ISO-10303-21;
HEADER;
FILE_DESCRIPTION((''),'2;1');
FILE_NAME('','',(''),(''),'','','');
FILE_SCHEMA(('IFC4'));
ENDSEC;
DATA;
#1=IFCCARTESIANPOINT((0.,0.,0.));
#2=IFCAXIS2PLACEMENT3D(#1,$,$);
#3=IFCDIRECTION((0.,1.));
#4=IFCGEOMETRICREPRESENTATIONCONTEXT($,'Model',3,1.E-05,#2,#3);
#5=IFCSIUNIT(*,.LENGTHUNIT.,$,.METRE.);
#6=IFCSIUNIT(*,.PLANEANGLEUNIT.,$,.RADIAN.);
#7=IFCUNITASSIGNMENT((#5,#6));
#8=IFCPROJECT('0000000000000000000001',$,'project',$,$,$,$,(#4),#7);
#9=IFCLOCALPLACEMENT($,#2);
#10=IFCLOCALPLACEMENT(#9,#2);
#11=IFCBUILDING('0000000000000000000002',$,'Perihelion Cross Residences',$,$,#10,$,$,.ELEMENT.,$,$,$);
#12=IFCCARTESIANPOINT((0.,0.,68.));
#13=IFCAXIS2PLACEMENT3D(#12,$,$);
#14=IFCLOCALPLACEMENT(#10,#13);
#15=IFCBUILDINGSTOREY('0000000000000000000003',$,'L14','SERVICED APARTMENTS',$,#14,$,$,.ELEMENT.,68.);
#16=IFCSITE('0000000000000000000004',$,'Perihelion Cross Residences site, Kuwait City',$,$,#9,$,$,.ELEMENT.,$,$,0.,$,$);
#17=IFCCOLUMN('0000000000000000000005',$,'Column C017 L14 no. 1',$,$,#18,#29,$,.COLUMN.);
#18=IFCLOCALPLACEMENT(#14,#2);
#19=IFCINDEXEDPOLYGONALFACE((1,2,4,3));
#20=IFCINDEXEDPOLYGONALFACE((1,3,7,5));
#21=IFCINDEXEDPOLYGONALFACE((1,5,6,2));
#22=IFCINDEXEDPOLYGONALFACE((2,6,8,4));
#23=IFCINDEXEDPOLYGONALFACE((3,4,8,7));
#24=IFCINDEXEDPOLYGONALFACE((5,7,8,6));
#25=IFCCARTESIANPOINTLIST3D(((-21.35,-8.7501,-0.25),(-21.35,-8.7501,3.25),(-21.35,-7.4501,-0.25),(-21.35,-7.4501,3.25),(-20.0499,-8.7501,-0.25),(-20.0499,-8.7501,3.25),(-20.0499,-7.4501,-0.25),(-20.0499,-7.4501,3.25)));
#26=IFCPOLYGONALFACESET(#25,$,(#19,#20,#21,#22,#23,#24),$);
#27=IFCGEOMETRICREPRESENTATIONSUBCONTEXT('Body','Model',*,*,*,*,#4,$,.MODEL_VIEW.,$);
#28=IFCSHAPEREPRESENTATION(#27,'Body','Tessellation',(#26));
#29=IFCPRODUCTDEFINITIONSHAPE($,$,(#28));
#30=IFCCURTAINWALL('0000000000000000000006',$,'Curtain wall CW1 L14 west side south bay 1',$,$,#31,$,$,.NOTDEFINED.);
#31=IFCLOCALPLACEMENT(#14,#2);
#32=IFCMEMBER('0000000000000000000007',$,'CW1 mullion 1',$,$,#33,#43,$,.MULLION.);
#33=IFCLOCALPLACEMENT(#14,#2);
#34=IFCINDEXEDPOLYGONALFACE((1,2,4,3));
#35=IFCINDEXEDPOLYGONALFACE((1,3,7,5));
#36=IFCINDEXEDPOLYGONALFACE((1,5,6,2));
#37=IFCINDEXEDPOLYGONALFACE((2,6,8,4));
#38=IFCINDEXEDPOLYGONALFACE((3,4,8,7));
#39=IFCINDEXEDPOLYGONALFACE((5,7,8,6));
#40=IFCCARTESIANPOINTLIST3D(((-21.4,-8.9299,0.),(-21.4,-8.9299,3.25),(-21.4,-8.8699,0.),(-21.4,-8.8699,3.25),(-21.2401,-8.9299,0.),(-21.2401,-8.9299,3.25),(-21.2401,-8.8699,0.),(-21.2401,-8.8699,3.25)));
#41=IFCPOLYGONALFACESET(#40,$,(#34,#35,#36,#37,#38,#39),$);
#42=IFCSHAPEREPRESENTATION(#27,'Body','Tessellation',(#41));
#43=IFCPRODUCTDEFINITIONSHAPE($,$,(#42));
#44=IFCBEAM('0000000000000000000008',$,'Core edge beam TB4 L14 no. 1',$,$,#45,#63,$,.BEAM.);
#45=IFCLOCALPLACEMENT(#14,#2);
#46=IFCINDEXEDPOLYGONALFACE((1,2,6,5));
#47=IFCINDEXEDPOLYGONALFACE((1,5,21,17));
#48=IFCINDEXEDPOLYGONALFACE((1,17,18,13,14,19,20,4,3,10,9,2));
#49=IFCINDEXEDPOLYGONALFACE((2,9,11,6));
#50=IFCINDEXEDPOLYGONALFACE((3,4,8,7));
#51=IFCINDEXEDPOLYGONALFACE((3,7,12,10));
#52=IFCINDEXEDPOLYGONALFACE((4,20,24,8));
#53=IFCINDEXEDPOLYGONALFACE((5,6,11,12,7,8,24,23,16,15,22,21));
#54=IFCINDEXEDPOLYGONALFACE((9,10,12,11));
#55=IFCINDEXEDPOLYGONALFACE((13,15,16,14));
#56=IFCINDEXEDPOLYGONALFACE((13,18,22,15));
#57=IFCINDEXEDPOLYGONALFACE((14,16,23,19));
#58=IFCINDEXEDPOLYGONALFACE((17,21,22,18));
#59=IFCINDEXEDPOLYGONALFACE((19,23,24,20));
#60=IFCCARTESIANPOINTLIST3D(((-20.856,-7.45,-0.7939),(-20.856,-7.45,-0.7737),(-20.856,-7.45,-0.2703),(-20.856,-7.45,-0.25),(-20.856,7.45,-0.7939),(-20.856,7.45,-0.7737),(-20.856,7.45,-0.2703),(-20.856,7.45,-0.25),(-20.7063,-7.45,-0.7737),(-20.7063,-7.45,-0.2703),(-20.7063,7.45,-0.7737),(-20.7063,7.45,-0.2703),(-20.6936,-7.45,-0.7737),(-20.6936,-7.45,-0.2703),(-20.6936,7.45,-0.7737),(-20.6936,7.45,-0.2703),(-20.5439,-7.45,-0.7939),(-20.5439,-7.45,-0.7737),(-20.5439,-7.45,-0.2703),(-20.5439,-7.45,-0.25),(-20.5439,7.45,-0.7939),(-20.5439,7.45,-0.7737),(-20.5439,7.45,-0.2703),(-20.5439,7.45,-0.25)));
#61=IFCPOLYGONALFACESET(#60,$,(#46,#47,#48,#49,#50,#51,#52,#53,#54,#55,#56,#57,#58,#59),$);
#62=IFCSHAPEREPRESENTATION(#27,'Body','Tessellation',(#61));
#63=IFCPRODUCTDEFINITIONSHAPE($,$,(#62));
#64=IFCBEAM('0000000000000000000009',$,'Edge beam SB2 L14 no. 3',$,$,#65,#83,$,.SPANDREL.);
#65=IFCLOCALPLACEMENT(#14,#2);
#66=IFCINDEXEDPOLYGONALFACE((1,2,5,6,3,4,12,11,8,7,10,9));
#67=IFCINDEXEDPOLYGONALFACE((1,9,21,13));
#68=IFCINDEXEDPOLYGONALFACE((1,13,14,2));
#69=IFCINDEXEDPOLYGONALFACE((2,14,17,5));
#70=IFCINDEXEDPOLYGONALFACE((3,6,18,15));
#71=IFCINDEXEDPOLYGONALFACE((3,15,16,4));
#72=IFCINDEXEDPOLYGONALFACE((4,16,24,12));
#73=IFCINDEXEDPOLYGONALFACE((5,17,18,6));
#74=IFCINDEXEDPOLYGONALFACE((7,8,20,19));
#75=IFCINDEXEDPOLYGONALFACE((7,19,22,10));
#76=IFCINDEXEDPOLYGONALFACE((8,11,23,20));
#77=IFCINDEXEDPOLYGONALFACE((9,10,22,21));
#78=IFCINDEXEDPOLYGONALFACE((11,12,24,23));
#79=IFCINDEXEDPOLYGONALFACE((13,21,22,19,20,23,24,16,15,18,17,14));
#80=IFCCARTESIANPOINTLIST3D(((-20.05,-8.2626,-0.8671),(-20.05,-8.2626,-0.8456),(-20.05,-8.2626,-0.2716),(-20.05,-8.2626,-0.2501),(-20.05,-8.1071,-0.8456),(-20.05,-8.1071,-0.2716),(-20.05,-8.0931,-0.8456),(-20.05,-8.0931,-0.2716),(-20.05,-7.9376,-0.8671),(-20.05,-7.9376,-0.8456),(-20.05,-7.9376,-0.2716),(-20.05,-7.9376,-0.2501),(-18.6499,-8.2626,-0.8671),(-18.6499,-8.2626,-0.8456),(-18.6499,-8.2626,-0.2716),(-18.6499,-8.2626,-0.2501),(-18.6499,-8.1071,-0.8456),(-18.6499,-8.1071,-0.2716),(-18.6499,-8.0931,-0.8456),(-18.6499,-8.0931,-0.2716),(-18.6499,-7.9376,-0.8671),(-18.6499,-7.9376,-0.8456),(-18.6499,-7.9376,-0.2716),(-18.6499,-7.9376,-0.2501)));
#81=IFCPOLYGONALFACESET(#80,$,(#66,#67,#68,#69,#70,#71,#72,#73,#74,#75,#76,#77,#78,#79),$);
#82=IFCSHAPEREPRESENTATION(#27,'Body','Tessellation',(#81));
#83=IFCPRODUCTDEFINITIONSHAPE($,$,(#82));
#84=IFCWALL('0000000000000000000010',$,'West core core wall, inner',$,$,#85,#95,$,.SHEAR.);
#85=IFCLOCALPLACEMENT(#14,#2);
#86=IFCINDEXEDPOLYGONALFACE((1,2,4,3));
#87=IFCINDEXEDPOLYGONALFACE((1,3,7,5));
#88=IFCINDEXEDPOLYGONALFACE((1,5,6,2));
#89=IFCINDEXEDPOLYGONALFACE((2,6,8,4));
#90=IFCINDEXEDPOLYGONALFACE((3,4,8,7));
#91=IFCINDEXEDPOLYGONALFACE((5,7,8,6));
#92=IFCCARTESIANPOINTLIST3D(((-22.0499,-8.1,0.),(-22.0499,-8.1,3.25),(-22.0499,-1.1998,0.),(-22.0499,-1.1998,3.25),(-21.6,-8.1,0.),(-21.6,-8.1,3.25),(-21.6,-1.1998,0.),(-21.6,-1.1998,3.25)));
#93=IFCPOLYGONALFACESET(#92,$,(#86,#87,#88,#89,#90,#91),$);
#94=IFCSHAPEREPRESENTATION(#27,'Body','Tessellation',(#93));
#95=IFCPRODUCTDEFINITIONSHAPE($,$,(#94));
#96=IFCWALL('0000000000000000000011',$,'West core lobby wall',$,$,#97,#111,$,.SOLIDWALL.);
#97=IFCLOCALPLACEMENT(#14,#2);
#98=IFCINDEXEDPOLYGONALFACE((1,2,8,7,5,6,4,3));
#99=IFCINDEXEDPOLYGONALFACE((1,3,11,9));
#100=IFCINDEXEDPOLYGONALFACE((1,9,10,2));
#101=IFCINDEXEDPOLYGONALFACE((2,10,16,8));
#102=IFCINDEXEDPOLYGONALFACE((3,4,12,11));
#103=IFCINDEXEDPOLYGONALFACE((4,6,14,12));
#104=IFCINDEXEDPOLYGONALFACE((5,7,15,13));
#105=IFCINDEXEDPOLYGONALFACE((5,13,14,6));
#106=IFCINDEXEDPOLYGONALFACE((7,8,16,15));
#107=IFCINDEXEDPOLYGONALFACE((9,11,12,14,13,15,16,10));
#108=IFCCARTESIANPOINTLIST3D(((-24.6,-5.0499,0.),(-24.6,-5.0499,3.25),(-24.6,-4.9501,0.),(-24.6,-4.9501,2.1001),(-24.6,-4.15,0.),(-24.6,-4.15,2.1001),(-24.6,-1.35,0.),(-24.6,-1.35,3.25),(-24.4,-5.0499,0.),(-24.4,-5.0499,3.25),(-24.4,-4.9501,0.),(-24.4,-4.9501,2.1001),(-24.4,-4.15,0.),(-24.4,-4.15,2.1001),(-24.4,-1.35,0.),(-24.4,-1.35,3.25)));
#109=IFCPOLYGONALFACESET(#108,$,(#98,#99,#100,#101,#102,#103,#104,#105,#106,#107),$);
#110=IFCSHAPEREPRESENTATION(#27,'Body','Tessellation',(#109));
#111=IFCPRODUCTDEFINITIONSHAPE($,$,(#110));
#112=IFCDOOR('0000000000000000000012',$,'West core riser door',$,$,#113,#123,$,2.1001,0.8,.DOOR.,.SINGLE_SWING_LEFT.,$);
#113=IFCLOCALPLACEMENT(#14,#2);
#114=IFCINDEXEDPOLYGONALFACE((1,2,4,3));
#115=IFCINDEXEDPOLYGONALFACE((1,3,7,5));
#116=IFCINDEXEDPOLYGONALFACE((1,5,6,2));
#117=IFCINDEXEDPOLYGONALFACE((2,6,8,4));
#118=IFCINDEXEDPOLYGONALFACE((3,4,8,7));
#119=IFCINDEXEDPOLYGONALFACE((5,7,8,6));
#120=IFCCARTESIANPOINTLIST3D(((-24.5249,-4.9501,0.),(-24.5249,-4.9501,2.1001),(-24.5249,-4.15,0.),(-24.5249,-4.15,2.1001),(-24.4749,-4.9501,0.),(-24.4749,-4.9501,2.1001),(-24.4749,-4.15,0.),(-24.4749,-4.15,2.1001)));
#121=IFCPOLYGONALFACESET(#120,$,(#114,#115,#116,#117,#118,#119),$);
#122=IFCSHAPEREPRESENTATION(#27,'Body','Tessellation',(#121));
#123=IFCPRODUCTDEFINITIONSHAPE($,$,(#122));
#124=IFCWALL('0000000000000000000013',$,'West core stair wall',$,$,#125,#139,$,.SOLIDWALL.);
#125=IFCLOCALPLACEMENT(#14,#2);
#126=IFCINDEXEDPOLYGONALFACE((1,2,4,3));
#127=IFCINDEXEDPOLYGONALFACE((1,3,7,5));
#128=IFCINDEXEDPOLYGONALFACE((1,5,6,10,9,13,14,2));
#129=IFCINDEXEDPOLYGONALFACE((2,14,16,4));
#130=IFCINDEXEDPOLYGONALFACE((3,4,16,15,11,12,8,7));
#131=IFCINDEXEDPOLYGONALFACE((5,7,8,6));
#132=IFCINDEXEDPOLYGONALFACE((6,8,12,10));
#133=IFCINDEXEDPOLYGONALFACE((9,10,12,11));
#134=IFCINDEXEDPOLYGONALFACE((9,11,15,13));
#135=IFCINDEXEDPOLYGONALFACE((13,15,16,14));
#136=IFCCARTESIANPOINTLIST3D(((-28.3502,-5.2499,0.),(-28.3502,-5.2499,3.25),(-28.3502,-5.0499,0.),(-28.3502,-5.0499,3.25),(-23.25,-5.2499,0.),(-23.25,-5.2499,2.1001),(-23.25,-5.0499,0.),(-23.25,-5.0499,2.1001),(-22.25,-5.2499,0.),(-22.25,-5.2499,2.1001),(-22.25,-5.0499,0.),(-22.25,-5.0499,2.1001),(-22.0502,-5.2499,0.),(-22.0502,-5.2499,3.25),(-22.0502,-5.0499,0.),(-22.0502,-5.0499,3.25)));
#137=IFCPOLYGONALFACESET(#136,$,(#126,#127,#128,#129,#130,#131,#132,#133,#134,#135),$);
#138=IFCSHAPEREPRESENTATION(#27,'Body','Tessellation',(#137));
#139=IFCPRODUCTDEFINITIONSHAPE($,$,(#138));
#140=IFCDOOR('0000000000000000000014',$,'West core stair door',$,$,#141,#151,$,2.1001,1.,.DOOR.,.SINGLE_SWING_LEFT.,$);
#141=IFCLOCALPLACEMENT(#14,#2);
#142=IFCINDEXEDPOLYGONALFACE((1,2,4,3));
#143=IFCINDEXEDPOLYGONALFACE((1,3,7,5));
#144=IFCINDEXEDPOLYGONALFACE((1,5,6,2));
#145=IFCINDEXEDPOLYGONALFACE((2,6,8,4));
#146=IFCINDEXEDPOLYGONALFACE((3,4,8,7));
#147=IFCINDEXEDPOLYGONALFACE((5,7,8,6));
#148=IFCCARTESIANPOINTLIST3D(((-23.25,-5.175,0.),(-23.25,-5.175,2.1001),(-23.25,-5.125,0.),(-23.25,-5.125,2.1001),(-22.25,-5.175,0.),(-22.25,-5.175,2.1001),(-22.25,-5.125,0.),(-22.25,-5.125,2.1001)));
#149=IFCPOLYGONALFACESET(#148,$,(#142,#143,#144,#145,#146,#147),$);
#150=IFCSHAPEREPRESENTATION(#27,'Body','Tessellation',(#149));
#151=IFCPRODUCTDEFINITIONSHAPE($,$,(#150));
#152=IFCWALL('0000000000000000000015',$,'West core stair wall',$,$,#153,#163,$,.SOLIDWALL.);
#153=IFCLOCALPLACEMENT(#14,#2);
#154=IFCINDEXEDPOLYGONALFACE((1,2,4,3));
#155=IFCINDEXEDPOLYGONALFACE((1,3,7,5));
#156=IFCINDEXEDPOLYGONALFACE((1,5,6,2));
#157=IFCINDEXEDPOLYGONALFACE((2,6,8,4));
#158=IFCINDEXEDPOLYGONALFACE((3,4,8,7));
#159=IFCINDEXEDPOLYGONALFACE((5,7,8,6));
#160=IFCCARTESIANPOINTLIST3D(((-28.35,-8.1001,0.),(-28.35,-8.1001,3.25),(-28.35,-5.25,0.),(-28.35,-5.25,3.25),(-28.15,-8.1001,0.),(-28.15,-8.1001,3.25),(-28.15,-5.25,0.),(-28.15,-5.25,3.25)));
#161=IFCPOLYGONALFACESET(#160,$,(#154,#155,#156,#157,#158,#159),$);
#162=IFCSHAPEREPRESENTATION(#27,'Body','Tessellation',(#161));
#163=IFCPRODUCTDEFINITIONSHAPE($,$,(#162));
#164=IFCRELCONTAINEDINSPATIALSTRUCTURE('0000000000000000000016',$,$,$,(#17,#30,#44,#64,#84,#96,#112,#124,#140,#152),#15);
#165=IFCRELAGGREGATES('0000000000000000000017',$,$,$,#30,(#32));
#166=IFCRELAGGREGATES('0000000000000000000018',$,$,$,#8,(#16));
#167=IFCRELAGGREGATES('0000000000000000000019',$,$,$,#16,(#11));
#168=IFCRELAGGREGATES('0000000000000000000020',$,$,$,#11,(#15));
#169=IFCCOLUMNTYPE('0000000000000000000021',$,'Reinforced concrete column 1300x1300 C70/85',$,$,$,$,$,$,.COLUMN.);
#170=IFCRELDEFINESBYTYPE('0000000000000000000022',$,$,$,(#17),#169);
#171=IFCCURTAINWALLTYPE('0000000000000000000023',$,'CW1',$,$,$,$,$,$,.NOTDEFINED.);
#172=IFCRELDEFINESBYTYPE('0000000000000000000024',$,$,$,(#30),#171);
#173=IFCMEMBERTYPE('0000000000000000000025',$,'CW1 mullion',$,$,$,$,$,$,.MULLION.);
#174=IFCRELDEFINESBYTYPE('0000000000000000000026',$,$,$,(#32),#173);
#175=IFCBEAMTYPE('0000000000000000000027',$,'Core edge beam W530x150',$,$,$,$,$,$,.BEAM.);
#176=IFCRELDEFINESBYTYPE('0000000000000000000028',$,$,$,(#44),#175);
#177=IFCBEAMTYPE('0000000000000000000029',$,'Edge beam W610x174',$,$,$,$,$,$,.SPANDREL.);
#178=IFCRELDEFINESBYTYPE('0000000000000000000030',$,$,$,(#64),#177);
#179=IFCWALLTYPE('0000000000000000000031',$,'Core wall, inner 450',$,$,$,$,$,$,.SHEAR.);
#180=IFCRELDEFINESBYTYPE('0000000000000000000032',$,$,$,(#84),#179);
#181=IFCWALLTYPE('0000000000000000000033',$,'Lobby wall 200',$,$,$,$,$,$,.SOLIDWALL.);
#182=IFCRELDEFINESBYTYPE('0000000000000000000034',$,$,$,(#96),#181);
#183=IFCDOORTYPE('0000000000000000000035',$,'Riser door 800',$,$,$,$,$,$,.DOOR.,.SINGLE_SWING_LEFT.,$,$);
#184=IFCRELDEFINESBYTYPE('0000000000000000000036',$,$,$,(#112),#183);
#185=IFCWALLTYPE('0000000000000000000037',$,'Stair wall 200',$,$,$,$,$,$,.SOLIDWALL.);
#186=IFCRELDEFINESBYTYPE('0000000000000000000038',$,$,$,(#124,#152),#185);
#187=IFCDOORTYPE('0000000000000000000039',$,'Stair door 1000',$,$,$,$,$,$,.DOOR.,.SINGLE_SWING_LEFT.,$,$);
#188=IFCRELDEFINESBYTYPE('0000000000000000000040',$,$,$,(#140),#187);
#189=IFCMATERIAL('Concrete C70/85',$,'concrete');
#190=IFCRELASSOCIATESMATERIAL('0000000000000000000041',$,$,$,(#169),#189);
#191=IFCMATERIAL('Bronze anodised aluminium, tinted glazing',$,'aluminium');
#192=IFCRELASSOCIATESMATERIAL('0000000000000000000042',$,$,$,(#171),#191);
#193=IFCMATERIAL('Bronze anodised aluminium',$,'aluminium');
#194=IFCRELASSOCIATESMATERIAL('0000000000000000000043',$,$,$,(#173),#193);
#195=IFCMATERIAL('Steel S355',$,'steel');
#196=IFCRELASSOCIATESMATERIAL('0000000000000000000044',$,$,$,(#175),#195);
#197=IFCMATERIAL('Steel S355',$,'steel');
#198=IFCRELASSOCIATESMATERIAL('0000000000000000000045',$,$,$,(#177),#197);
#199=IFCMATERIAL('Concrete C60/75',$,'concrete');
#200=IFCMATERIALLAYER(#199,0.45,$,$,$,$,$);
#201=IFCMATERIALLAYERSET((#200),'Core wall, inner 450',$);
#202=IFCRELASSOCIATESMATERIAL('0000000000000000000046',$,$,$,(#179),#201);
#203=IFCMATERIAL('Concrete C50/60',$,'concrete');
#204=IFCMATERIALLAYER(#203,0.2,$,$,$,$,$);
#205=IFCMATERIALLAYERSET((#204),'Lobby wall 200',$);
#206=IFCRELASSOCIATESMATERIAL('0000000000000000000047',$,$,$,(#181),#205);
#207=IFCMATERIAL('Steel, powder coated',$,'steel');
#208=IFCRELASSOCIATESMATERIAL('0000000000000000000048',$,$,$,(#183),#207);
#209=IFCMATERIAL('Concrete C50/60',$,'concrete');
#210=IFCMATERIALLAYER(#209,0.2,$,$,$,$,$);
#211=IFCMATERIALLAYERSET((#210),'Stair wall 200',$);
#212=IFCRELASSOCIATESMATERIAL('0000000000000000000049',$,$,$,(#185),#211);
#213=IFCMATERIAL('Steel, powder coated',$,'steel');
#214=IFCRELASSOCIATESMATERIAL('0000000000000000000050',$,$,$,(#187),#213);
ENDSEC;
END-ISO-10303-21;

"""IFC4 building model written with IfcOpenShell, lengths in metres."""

from ifc_helpers import new_model, si_unit, direction, frame, frame_2d, origin, origin_2d, place, context, subcontext, project, spatial, rectangle, i_section, extrude, material, layer, layer_set, material_profile, profile_set, type_object, element, fill, aggregate, save


model = new_model("IFC4")

# Units and contexts
model_context = context("Model", 3, precision=1e-05, world=origin(), true_north=direction((0.0, 1.0)))
body_context = subcontext(model_context, "Body", "Model", "MODEL_VIEW")
ifc_project = project(units=[si_unit("LENGTHUNIT", "METRE"), si_unit("PLANEANGLEUNIT", "RADIAN")], contexts=[model_context])

# Site, building, storey
site_placement = place(None, origin())
site = spatial("IfcSite", under=ifc_project, at=site_placement, Name="Perihelion Cross Residences site, Kuwait City", CompositionType="ELEMENT", RefElevation=0.0)
building_placement = place(site_placement, origin())
building = spatial("IfcBuilding", under=site, at=building_placement, Name="Perihelion Cross Residences", CompositionType="ELEMENT")
storey_placement = place(building_placement, frame((0.0, 0.0, 68.0)))
storey = spatial("IfcBuildingStorey", under=building, at=storey_placement, Name="L14", Description="SERVICED APARTMENTS", CompositionType="ELEMENT", Elevation=68.0)

# Column
ifc_material_1 = material(Name="Concrete C70/85", Category="concrete")
ifc_material_profile_1 = material_profile(ifc_material_1, rectangle(XDim=1.3, YDim=1.3, at=origin_2d()), Name="RC 1300x1300")
ifc_profile_set_1 = profile_set([ifc_material_profile_1], Name="Concrete C70/85")
column_type = type_object("IfcColumnType", Name="Reinforced concrete column 1300x1300 C70/85", PredefinedType="COLUMN", material=ifc_profile_set_1)
column_placement = place(storey_placement, frame((-20.7, -8.1001, -0.25), z_axis=(0.0, 0.0, 1.0), x_axis=(1.0, 0.0, 0.0)))
element("IfcColumn", 1, at=column_placement, inside=storey, type_object=column_type, Name="Column C017 L14 no. 1", PredefinedType="COLUMN", context=body_context, shape_type="SweptSolid", body=[
    extrude(rectangle(XDim=1.3, YDim=1.3, at=origin_2d()), origin(), (0.0, 0.0, 1.0), 3.5),
])

# Curtain wall, member
ifc_material_2 = material(Name="Bronze anodised aluminium, tinted glazing", Category="aluminium")
curtain_wall_type = type_object("IfcCurtainWallType", Name="CW1", PredefinedType="NOTDEFINED", material=ifc_material_2)
curtain_wall_placement = place(storey_placement, origin())
curtain_wall = element("IfcCurtainWall", 2, at=curtain_wall_placement, inside=storey, type_object=curtain_wall_type, Name="Curtain wall CW1 L14 west side south bay 1", PredefinedType="NOTDEFINED")
ifc_material_3 = material(Name="Bronze anodised aluminium", Category="aluminium")
ifc_material_profile_2 = material_profile(ifc_material_3, rectangle(XDim=0.0601, YDim=0.1599, at=origin_2d()), Name="CW1 mullion")
ifc_profile_set_2 = profile_set([ifc_material_profile_2], Name="Bronze anodised aluminium")
member_type = type_object("IfcMemberType", Name="CW1 mullion", PredefinedType="MULLION", material=ifc_profile_set_2)
member_placement = place(storey_placement, frame((-21.3201, -8.8999, 0.0), z_axis=(0.0, 0.0, 1.0), x_axis=(0.0, 1.0, 0.0)))
member = element("IfcMember", 3, at=member_placement, type_object=member_type, Name="CW1 mullion 1", PredefinedType="MULLION", context=body_context, shape_type="SweptSolid", body=[
    extrude(rectangle(XDim=0.0601, YDim=0.1599, at=origin_2d()), origin(), (0.0, 0.0, 1.0), 3.25),
])
aggregate(curtain_wall, [member])

# Beams
ifc_material_4 = material(Name="Steel S355", Category="steel")
ifc_material_profile_3 = material_profile(ifc_material_4, i_section(OverallWidth=0.312, OverallDepth=0.5439, WebThickness=0.0127, FlangeThickness=0.0203, at=origin_2d()), Name="W530x150")
ifc_profile_set_3 = profile_set([ifc_material_profile_3], Name="Steel S355")
beam_type_1 = type_object("IfcBeamType", Name="Core edge beam W530x150", PredefinedType="BEAM", material=ifc_profile_set_3)
beam_1_placement = place(storey_placement, frame((-20.7, -7.45, -0.522), z_axis=(0.0, 1.0, 0.0), x_axis=(-1.0, 0.0, 0.0)))
element("IfcBeam", 4, at=beam_1_placement, inside=storey, type_object=beam_type_1, Name="Core edge beam TB4 L14 no. 1", PredefinedType="BEAM", context=body_context, shape_type="SweptSolid", body=[
    extrude(i_section(OverallWidth=0.312, OverallDepth=0.5439, WebThickness=0.0127, FlangeThickness=0.0203, at=origin_2d()), origin(), (0.0, 0.0, 1.0), 14.8999),
])
ifc_material_5 = material(Name="Steel S355", Category="steel")
ifc_material_profile_4 = material_profile(ifc_material_5, i_section(OverallWidth=0.325, OverallDepth=0.6169, WebThickness=0.0139, FlangeThickness=0.0215, at=origin_2d()), Name="W610x174")
ifc_profile_set_4 = profile_set([ifc_material_profile_4], Name="Steel S355")
beam_type_2 = type_object("IfcBeamType", Name="Edge beam W610x174", PredefinedType="SPANDREL", material=ifc_profile_set_4)
beam_2_placement = place(storey_placement, frame((-20.05, -8.1001, -0.5586), z_axis=(1.0, 0.0, 0.0), x_axis=(0.0, 1.0, 0.0)))
element("IfcBeam", 5, at=beam_2_placement, inside=storey, type_object=beam_type_2, Name="Edge beam SB2 L14 no. 3", PredefinedType="SPANDREL", context=body_context, shape_type="SweptSolid", body=[
    extrude(i_section(OverallWidth=0.325, OverallDepth=0.6169, WebThickness=0.0139, FlangeThickness=0.0215, at=origin_2d()), origin(), (0.0, 0.0, 1.0), 1.4001),
])

# Wall
ifc_material_6 = material(Name="Concrete C60/75", Category="concrete")
ifc_layer_1 = layer(ifc_material_6, 0.45)
ifc_layer_set_1 = layer_set([ifc_layer_1], Name="Core wall, inner 450")
wall_type_1 = type_object("IfcWallType", Name="Core wall, inner 450", PredefinedType="SHEAR", material=ifc_layer_set_1)
wall_1_placement = place(storey_placement, frame((-21.825, -8.1001, 0.0), z_axis=(0.0, 0.0, 1.0), x_axis=(0.0, 1.0, 0.0)))
element("IfcWall", 6, at=wall_1_placement, inside=storey, type_object=wall_type_1, Name="West core core wall, inner", PredefinedType="SHEAR", context=body_context, shape_type="SweptSolid", body=[
    extrude(rectangle(XDim=6.9001, YDim=0.45, at=frame_2d((3.4502, 0.0))), origin(), (0.0, 0.0, 1.0), 3.25),
])

# Walls, openings, doors
ifc_material_7 = material(Name="Concrete C50/60", Category="concrete")
ifc_layer_2 = layer(ifc_material_7, 0.2)
ifc_layer_set_2 = layer_set([ifc_layer_2], Name="Lobby wall 200")
wall_type_2 = type_object("IfcWallType", Name="Lobby wall 200", PredefinedType="SOLIDWALL", material=ifc_layer_set_2)
wall_2_placement = place(storey_placement, frame((-24.5, -5.05, 0.0), z_axis=(0.0, 0.0, 1.0), x_axis=(0.0, 1.0, 0.0)))
wall_2 = element("IfcWall", 7, at=wall_2_placement, inside=storey, type_object=wall_type_2, Name="West core lobby wall", PredefinedType="SOLIDWALL", context=body_context, shape_type="SweptSolid", body=[
    extrude(rectangle(XDim=3.7, YDim=0.2, at=frame_2d((1.8501, 0.0))), origin(), (0.0, 0.0, 1.0), 3.25),
])
opening_1_placement = place(wall_2_placement, frame((0.1001, 0.0, 0.0)))
opening_1 = element("IfcOpeningElement", 8, at=opening_1_placement, cuts=wall_2, PredefinedType="OPENING", context=body_context, shape_type="SweptSolid", body=[
    extrude(rectangle(XDim=0.8, YDim=2.1001, at=frame_2d((0.3999, 1.05))), frame((0.0, 0.1099, 0.0), z_axis=(0.0, -1.0, 0.0), x_axis=(1.0, 0.0, 0.0)), (0.0, 0.0, 1.0), 0.22),
])
ifc_material_8 = material(Name="Steel, powder coated", Category="steel")
door_type_1 = type_object("IfcDoorType", Name="Riser door 800", OperationType="SINGLE_SWING_LEFT", PredefinedType="DOOR", material=ifc_material_8)
door_1_placement = place(opening_1_placement, origin())
door_1 = element("IfcDoor", 9, at=door_1_placement, inside=storey, type_object=door_type_1, Name="West core riser door", OperationType="SINGLE_SWING_LEFT", OverallHeight=2.1001, OverallWidth=0.8, PredefinedType="DOOR", context=body_context, shape_type="SweptSolid", body=[
    extrude(rectangle(XDim=0.8, YDim=2.1001, at=frame_2d((0.3999, 1.05))), frame((0.0, 0.0249, 0.0), z_axis=(0.0, -1.0, 0.0), x_axis=(1.0, 0.0, 0.0)), (0.0, 0.0, 1.0), 0.05),
])
fill(opening_1, door_1)
ifc_material_9 = material(Name="Concrete C50/60", Category="concrete")
ifc_layer_3 = layer(ifc_material_9, 0.2)
ifc_layer_set_3 = layer_set([ifc_layer_3], Name="Stair wall 200")
wall_type_3 = type_object("IfcWallType", Name="Stair wall 200", PredefinedType="SOLIDWALL", material=ifc_layer_set_3)
wall_3_placement = place(storey_placement, frame((-28.3501, -5.1499, 0.0), z_axis=(0.0, 0.0, 1.0), x_axis=(1.0, 0.0, 0.0)))
wall_3 = element("IfcWall", 10, at=wall_3_placement, inside=storey, type_object=wall_type_3, Name="West core stair wall", PredefinedType="SOLIDWALL", context=body_context, shape_type="SweptSolid", body=[
    extrude(rectangle(XDim=6.3, YDim=0.2, at=frame_2d((3.1499, 0.0))), origin(), (0.0, 0.0, 1.0), 3.25),
])
opening_2_placement = place(wall_3_placement, frame((5.1001, 0.0, 0.0)))
opening_2 = element("IfcOpeningElement", 11, at=opening_2_placement, cuts=wall_3, PredefinedType="OPENING", context=body_context, shape_type="SweptSolid", body=[
    extrude(rectangle(XDim=1.0, YDim=2.1001, at=frame_2d((0.5, 1.05))), frame((0.0, 0.1099, 0.0), z_axis=(0.0, -1.0, 0.0), x_axis=(1.0, 0.0, 0.0)), (0.0, 0.0, 1.0), 0.22),
])
ifc_material_10 = material(Name="Steel, powder coated", Category="steel")
door_type_2 = type_object("IfcDoorType", Name="Stair door 1000", OperationType="SINGLE_SWING_LEFT", PredefinedType="DOOR", material=ifc_material_10)
door_2_placement = place(opening_2_placement, origin())
door_2 = element("IfcDoor", 12, at=door_2_placement, inside=storey, type_object=door_type_2, Name="West core stair door", OperationType="SINGLE_SWING_LEFT", OverallHeight=2.1001, OverallWidth=1.0, PredefinedType="DOOR", context=body_context, shape_type="SweptSolid", body=[
    extrude(rectangle(XDim=1.0, YDim=2.1001, at=frame_2d((0.5, 1.05))), frame((0.0, 0.0249, 0.0), z_axis=(0.0, -1.0, 0.0), x_axis=(1.0, 0.0, 0.0)), (0.0, 0.0, 1.0), 0.05),
])
fill(opening_2, door_2)

# Wall
wall_4_placement = place(storey_placement, frame((-28.25, -8.1001, 0.0), z_axis=(0.0, 0.0, 1.0), x_axis=(0.0, 1.0, 0.0)))
element("IfcWall", 13, at=wall_4_placement, inside=storey, type_object=wall_type_3, Name="West core stair wall", PredefinedType="SOLIDWALL", context=body_context, shape_type="SweptSolid", body=[
    extrude(rectangle(XDim=2.8501, YDim=0.2, at=frame_2d((1.425, 0.0))), origin(), (0.0, 0.0, 1.0), 3.25),
])

save(model, "model.ifc")
